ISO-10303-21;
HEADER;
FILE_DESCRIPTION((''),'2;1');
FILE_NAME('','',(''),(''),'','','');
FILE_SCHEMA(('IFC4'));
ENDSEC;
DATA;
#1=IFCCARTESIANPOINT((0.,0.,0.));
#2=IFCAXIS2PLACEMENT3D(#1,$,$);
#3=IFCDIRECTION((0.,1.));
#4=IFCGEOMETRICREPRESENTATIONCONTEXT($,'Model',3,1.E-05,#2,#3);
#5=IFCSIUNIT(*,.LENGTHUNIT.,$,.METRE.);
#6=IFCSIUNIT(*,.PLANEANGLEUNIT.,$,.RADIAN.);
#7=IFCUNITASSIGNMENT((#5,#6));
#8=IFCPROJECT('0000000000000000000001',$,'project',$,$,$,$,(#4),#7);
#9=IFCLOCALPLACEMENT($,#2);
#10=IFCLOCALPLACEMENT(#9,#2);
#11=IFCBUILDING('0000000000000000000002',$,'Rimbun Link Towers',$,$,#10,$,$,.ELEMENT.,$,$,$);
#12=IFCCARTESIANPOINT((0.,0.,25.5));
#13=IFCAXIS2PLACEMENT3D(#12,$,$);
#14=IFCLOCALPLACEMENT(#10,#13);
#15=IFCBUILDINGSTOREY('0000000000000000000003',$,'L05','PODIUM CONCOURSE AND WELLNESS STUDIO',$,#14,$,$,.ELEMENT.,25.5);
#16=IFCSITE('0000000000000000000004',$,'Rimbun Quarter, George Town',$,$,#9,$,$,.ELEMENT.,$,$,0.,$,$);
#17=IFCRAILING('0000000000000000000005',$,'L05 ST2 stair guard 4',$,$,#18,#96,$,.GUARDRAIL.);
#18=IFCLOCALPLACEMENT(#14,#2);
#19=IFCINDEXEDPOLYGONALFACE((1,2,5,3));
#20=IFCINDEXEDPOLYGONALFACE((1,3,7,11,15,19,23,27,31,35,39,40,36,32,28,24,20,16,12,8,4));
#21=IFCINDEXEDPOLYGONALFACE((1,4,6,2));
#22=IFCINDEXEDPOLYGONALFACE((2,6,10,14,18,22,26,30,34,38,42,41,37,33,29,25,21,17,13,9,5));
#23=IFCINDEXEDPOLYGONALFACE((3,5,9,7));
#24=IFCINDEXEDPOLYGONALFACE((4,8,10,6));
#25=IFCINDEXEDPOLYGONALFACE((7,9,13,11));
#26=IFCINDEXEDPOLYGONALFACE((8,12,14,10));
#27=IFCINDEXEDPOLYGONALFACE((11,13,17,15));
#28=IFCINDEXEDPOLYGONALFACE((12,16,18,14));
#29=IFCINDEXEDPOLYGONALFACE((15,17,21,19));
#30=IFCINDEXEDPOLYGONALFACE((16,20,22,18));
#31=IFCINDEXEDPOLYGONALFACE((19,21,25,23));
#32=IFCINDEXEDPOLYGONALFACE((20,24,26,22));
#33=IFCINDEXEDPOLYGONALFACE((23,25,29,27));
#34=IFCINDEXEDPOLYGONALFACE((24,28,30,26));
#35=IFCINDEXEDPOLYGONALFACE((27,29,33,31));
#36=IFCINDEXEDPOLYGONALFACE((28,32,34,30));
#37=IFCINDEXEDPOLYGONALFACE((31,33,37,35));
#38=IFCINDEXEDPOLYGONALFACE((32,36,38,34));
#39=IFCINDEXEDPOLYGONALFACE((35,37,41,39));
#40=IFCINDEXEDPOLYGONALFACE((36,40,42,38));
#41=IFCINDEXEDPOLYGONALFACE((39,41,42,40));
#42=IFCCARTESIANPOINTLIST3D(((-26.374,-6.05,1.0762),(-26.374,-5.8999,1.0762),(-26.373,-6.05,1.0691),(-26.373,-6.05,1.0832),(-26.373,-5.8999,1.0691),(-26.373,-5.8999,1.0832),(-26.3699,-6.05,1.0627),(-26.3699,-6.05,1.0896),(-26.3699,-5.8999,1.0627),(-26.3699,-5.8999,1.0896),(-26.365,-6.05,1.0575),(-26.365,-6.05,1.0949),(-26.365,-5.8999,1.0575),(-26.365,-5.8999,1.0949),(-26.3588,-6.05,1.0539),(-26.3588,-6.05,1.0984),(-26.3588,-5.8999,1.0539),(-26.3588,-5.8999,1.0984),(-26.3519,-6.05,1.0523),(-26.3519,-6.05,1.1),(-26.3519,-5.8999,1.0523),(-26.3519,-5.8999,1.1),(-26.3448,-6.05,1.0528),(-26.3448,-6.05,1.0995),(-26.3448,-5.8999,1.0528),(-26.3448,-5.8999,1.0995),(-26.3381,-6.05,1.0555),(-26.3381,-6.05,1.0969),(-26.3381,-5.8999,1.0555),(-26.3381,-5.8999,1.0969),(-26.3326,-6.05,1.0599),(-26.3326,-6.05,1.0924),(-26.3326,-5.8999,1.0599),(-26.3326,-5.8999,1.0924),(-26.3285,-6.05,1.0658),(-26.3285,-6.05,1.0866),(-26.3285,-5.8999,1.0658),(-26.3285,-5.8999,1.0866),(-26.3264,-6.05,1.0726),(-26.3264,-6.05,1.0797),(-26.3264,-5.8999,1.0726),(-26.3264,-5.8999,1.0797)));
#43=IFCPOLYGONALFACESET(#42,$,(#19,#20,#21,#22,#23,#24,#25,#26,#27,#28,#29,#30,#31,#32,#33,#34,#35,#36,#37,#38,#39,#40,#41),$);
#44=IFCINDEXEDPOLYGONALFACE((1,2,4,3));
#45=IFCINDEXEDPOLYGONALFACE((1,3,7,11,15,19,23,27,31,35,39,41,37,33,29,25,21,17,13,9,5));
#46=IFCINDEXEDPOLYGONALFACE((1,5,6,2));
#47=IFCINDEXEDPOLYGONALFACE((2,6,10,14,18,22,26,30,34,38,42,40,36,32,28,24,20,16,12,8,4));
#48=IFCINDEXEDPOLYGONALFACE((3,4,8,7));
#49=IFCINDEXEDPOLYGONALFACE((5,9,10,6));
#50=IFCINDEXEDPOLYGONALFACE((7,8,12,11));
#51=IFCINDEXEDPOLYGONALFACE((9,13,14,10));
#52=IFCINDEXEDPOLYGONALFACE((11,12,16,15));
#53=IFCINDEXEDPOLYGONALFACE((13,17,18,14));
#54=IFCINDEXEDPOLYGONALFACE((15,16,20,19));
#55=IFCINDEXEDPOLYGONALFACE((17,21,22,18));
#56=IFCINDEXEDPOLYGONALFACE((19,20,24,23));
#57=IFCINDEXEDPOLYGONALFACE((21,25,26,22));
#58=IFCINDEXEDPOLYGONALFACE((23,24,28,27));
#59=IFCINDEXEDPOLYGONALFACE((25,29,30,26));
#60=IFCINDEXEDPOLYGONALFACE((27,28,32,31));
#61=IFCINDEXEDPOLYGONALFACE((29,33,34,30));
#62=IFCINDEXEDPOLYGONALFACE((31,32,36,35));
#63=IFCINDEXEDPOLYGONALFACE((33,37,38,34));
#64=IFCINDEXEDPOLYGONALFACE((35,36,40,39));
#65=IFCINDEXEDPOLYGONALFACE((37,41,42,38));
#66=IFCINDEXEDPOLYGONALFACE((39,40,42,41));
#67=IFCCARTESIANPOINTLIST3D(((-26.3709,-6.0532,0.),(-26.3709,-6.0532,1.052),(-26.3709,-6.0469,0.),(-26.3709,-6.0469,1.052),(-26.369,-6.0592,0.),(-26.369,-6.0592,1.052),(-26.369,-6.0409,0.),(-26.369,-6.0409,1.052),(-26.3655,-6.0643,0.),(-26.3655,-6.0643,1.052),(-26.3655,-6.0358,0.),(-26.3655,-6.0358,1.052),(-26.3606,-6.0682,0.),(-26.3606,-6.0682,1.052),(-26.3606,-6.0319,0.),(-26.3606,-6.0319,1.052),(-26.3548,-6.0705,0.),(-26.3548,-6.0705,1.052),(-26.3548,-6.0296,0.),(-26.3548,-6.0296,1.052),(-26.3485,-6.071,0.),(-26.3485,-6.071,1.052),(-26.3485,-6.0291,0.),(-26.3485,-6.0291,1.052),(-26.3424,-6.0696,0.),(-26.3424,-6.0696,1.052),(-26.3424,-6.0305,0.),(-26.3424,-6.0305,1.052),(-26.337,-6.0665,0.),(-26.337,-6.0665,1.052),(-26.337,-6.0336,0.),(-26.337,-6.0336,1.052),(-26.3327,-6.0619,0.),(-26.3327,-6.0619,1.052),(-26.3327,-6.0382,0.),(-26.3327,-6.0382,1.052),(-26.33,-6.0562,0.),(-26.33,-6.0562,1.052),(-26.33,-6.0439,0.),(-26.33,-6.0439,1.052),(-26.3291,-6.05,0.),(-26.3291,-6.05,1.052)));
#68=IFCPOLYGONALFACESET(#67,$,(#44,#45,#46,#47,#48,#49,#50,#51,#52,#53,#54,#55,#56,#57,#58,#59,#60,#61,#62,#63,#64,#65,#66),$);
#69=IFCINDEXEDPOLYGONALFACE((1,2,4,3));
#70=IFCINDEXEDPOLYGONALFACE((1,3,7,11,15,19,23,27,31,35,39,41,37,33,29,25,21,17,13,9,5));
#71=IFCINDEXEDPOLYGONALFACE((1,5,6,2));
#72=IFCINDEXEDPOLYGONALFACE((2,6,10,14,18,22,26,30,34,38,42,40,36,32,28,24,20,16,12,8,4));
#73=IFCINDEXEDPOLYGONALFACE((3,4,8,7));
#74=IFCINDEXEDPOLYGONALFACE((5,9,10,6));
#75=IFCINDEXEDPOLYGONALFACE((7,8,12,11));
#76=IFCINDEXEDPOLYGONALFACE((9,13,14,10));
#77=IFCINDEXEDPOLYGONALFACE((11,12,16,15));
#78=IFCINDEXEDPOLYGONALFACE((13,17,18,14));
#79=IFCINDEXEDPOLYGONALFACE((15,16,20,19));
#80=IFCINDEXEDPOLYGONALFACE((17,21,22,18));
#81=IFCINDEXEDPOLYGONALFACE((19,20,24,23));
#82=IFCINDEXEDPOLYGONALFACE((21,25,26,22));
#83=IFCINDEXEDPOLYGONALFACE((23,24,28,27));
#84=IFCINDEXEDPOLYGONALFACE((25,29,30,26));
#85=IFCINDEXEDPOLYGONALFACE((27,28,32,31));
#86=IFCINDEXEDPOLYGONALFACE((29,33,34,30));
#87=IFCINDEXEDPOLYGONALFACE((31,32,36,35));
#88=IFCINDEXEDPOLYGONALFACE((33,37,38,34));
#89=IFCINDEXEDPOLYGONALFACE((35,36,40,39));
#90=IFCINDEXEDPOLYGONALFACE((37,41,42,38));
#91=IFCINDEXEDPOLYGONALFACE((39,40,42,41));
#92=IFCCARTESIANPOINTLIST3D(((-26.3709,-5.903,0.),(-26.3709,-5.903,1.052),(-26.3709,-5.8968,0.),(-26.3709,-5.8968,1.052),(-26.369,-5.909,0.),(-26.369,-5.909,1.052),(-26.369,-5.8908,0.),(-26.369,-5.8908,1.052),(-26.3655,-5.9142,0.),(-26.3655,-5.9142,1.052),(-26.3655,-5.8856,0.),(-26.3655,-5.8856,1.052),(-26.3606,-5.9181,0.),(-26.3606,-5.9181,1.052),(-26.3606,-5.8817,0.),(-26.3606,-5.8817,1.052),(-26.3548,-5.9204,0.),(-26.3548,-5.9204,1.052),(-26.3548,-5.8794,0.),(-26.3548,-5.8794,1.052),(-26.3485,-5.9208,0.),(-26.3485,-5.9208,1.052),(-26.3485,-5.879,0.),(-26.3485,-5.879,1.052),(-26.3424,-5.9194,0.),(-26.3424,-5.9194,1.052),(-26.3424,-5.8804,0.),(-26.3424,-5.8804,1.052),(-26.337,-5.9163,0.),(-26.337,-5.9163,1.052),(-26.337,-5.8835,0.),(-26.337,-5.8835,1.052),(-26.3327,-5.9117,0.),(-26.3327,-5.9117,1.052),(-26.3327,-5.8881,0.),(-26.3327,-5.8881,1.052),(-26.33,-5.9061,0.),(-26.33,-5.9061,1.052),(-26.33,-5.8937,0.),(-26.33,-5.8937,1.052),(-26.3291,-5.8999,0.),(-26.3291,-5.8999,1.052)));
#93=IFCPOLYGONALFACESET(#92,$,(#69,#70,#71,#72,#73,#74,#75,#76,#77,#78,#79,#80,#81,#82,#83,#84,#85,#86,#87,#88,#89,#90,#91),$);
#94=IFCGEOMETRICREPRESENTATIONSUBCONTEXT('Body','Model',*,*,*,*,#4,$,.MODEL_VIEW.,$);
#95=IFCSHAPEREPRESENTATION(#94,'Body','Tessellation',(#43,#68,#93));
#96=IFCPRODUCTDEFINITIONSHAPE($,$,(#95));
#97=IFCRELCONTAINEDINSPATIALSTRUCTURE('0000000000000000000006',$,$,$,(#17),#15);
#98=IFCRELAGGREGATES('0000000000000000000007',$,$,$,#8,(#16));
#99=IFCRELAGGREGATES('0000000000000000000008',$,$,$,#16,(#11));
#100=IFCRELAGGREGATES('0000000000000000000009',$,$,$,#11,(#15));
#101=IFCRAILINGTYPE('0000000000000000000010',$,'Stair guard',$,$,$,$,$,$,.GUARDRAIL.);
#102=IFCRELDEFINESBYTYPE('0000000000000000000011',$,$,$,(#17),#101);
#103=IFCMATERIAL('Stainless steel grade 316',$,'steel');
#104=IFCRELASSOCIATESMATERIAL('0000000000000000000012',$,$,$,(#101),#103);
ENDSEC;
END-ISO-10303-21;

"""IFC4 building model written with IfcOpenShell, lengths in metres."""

from ifc_helpers import new_model, si_unit, direction, frame, origin, origin_2d, place, context, subcontext, project, spatial, circle, extrude, material, type_object, element, save


model = new_model("IFC4")

# Units and contexts
model_context = context("Model", 3, precision=1e-05, world=origin(), true_north=direction((0.0, 1.0)))
body_context = subcontext(model_context, "Body", "Model", "MODEL_VIEW")
ifc_project = project(units=[si_unit("LENGTHUNIT", "METRE"), si_unit("PLANEANGLEUNIT", "RADIAN")], contexts=[model_context])

# Site, building, storey
site_placement = place(None, origin())
site = spatial("IfcSite", under=ifc_project, at=site_placement, Name="Rimbun Quarter, George Town", CompositionType="ELEMENT", RefElevation=0.0)
building_placement = place(site_placement, origin())
building = spatial("IfcBuilding", under=site, at=building_placement, Name="Rimbun Link Towers", CompositionType="ELEMENT")
storey_placement = place(building_placement, frame((0.0, 0.0, 25.5)))
storey = spatial("IfcBuildingStorey", under=building, at=storey_placement, Name="L05", Description="PODIUM CONCOURSE AND WELLNESS STUDIO", CompositionType="ELEMENT", Elevation=25.5)

# Railing
ifc_material_1 = material(Name="Stainless steel grade 316", Category="steel")
railing_type_1 = type_object("IfcRailingType", Name="Stair guard", PredefinedType="GUARDRAIL", material=ifc_material_1)
railing_1_placement = place(storey_placement, frame((-26.3501, -6.05, 0.0)))
element("IfcRailing", 1, at=railing_1_placement, inside=storey, type_object=railing_type_1, Name="L05 ST2 stair guard 4", PredefinedType="GUARDRAIL", context=body_context, shape_type="SweptSolid", body=[
    extrude(circle(Radius=0.0239, at=origin_2d()), frame((0.0, 0.0, 1.0762), z_axis=(0.0, 1.0, 0.0), x_axis=(-1.0, 0.0, 0.0)), (0.0, 0.0, 1.0), 0.1501),
    extrude(circle(Radius=0.021, at=origin_2d()), origin(), (0.0, 0.0, 1.0), 1.052),
    extrude(circle(Radius=0.021, at=origin_2d()), frame((0.0, 0.1501, 0.0)), (0.0, 0.0, 1.0), 1.052),
])

save(model, "model.ifc")
